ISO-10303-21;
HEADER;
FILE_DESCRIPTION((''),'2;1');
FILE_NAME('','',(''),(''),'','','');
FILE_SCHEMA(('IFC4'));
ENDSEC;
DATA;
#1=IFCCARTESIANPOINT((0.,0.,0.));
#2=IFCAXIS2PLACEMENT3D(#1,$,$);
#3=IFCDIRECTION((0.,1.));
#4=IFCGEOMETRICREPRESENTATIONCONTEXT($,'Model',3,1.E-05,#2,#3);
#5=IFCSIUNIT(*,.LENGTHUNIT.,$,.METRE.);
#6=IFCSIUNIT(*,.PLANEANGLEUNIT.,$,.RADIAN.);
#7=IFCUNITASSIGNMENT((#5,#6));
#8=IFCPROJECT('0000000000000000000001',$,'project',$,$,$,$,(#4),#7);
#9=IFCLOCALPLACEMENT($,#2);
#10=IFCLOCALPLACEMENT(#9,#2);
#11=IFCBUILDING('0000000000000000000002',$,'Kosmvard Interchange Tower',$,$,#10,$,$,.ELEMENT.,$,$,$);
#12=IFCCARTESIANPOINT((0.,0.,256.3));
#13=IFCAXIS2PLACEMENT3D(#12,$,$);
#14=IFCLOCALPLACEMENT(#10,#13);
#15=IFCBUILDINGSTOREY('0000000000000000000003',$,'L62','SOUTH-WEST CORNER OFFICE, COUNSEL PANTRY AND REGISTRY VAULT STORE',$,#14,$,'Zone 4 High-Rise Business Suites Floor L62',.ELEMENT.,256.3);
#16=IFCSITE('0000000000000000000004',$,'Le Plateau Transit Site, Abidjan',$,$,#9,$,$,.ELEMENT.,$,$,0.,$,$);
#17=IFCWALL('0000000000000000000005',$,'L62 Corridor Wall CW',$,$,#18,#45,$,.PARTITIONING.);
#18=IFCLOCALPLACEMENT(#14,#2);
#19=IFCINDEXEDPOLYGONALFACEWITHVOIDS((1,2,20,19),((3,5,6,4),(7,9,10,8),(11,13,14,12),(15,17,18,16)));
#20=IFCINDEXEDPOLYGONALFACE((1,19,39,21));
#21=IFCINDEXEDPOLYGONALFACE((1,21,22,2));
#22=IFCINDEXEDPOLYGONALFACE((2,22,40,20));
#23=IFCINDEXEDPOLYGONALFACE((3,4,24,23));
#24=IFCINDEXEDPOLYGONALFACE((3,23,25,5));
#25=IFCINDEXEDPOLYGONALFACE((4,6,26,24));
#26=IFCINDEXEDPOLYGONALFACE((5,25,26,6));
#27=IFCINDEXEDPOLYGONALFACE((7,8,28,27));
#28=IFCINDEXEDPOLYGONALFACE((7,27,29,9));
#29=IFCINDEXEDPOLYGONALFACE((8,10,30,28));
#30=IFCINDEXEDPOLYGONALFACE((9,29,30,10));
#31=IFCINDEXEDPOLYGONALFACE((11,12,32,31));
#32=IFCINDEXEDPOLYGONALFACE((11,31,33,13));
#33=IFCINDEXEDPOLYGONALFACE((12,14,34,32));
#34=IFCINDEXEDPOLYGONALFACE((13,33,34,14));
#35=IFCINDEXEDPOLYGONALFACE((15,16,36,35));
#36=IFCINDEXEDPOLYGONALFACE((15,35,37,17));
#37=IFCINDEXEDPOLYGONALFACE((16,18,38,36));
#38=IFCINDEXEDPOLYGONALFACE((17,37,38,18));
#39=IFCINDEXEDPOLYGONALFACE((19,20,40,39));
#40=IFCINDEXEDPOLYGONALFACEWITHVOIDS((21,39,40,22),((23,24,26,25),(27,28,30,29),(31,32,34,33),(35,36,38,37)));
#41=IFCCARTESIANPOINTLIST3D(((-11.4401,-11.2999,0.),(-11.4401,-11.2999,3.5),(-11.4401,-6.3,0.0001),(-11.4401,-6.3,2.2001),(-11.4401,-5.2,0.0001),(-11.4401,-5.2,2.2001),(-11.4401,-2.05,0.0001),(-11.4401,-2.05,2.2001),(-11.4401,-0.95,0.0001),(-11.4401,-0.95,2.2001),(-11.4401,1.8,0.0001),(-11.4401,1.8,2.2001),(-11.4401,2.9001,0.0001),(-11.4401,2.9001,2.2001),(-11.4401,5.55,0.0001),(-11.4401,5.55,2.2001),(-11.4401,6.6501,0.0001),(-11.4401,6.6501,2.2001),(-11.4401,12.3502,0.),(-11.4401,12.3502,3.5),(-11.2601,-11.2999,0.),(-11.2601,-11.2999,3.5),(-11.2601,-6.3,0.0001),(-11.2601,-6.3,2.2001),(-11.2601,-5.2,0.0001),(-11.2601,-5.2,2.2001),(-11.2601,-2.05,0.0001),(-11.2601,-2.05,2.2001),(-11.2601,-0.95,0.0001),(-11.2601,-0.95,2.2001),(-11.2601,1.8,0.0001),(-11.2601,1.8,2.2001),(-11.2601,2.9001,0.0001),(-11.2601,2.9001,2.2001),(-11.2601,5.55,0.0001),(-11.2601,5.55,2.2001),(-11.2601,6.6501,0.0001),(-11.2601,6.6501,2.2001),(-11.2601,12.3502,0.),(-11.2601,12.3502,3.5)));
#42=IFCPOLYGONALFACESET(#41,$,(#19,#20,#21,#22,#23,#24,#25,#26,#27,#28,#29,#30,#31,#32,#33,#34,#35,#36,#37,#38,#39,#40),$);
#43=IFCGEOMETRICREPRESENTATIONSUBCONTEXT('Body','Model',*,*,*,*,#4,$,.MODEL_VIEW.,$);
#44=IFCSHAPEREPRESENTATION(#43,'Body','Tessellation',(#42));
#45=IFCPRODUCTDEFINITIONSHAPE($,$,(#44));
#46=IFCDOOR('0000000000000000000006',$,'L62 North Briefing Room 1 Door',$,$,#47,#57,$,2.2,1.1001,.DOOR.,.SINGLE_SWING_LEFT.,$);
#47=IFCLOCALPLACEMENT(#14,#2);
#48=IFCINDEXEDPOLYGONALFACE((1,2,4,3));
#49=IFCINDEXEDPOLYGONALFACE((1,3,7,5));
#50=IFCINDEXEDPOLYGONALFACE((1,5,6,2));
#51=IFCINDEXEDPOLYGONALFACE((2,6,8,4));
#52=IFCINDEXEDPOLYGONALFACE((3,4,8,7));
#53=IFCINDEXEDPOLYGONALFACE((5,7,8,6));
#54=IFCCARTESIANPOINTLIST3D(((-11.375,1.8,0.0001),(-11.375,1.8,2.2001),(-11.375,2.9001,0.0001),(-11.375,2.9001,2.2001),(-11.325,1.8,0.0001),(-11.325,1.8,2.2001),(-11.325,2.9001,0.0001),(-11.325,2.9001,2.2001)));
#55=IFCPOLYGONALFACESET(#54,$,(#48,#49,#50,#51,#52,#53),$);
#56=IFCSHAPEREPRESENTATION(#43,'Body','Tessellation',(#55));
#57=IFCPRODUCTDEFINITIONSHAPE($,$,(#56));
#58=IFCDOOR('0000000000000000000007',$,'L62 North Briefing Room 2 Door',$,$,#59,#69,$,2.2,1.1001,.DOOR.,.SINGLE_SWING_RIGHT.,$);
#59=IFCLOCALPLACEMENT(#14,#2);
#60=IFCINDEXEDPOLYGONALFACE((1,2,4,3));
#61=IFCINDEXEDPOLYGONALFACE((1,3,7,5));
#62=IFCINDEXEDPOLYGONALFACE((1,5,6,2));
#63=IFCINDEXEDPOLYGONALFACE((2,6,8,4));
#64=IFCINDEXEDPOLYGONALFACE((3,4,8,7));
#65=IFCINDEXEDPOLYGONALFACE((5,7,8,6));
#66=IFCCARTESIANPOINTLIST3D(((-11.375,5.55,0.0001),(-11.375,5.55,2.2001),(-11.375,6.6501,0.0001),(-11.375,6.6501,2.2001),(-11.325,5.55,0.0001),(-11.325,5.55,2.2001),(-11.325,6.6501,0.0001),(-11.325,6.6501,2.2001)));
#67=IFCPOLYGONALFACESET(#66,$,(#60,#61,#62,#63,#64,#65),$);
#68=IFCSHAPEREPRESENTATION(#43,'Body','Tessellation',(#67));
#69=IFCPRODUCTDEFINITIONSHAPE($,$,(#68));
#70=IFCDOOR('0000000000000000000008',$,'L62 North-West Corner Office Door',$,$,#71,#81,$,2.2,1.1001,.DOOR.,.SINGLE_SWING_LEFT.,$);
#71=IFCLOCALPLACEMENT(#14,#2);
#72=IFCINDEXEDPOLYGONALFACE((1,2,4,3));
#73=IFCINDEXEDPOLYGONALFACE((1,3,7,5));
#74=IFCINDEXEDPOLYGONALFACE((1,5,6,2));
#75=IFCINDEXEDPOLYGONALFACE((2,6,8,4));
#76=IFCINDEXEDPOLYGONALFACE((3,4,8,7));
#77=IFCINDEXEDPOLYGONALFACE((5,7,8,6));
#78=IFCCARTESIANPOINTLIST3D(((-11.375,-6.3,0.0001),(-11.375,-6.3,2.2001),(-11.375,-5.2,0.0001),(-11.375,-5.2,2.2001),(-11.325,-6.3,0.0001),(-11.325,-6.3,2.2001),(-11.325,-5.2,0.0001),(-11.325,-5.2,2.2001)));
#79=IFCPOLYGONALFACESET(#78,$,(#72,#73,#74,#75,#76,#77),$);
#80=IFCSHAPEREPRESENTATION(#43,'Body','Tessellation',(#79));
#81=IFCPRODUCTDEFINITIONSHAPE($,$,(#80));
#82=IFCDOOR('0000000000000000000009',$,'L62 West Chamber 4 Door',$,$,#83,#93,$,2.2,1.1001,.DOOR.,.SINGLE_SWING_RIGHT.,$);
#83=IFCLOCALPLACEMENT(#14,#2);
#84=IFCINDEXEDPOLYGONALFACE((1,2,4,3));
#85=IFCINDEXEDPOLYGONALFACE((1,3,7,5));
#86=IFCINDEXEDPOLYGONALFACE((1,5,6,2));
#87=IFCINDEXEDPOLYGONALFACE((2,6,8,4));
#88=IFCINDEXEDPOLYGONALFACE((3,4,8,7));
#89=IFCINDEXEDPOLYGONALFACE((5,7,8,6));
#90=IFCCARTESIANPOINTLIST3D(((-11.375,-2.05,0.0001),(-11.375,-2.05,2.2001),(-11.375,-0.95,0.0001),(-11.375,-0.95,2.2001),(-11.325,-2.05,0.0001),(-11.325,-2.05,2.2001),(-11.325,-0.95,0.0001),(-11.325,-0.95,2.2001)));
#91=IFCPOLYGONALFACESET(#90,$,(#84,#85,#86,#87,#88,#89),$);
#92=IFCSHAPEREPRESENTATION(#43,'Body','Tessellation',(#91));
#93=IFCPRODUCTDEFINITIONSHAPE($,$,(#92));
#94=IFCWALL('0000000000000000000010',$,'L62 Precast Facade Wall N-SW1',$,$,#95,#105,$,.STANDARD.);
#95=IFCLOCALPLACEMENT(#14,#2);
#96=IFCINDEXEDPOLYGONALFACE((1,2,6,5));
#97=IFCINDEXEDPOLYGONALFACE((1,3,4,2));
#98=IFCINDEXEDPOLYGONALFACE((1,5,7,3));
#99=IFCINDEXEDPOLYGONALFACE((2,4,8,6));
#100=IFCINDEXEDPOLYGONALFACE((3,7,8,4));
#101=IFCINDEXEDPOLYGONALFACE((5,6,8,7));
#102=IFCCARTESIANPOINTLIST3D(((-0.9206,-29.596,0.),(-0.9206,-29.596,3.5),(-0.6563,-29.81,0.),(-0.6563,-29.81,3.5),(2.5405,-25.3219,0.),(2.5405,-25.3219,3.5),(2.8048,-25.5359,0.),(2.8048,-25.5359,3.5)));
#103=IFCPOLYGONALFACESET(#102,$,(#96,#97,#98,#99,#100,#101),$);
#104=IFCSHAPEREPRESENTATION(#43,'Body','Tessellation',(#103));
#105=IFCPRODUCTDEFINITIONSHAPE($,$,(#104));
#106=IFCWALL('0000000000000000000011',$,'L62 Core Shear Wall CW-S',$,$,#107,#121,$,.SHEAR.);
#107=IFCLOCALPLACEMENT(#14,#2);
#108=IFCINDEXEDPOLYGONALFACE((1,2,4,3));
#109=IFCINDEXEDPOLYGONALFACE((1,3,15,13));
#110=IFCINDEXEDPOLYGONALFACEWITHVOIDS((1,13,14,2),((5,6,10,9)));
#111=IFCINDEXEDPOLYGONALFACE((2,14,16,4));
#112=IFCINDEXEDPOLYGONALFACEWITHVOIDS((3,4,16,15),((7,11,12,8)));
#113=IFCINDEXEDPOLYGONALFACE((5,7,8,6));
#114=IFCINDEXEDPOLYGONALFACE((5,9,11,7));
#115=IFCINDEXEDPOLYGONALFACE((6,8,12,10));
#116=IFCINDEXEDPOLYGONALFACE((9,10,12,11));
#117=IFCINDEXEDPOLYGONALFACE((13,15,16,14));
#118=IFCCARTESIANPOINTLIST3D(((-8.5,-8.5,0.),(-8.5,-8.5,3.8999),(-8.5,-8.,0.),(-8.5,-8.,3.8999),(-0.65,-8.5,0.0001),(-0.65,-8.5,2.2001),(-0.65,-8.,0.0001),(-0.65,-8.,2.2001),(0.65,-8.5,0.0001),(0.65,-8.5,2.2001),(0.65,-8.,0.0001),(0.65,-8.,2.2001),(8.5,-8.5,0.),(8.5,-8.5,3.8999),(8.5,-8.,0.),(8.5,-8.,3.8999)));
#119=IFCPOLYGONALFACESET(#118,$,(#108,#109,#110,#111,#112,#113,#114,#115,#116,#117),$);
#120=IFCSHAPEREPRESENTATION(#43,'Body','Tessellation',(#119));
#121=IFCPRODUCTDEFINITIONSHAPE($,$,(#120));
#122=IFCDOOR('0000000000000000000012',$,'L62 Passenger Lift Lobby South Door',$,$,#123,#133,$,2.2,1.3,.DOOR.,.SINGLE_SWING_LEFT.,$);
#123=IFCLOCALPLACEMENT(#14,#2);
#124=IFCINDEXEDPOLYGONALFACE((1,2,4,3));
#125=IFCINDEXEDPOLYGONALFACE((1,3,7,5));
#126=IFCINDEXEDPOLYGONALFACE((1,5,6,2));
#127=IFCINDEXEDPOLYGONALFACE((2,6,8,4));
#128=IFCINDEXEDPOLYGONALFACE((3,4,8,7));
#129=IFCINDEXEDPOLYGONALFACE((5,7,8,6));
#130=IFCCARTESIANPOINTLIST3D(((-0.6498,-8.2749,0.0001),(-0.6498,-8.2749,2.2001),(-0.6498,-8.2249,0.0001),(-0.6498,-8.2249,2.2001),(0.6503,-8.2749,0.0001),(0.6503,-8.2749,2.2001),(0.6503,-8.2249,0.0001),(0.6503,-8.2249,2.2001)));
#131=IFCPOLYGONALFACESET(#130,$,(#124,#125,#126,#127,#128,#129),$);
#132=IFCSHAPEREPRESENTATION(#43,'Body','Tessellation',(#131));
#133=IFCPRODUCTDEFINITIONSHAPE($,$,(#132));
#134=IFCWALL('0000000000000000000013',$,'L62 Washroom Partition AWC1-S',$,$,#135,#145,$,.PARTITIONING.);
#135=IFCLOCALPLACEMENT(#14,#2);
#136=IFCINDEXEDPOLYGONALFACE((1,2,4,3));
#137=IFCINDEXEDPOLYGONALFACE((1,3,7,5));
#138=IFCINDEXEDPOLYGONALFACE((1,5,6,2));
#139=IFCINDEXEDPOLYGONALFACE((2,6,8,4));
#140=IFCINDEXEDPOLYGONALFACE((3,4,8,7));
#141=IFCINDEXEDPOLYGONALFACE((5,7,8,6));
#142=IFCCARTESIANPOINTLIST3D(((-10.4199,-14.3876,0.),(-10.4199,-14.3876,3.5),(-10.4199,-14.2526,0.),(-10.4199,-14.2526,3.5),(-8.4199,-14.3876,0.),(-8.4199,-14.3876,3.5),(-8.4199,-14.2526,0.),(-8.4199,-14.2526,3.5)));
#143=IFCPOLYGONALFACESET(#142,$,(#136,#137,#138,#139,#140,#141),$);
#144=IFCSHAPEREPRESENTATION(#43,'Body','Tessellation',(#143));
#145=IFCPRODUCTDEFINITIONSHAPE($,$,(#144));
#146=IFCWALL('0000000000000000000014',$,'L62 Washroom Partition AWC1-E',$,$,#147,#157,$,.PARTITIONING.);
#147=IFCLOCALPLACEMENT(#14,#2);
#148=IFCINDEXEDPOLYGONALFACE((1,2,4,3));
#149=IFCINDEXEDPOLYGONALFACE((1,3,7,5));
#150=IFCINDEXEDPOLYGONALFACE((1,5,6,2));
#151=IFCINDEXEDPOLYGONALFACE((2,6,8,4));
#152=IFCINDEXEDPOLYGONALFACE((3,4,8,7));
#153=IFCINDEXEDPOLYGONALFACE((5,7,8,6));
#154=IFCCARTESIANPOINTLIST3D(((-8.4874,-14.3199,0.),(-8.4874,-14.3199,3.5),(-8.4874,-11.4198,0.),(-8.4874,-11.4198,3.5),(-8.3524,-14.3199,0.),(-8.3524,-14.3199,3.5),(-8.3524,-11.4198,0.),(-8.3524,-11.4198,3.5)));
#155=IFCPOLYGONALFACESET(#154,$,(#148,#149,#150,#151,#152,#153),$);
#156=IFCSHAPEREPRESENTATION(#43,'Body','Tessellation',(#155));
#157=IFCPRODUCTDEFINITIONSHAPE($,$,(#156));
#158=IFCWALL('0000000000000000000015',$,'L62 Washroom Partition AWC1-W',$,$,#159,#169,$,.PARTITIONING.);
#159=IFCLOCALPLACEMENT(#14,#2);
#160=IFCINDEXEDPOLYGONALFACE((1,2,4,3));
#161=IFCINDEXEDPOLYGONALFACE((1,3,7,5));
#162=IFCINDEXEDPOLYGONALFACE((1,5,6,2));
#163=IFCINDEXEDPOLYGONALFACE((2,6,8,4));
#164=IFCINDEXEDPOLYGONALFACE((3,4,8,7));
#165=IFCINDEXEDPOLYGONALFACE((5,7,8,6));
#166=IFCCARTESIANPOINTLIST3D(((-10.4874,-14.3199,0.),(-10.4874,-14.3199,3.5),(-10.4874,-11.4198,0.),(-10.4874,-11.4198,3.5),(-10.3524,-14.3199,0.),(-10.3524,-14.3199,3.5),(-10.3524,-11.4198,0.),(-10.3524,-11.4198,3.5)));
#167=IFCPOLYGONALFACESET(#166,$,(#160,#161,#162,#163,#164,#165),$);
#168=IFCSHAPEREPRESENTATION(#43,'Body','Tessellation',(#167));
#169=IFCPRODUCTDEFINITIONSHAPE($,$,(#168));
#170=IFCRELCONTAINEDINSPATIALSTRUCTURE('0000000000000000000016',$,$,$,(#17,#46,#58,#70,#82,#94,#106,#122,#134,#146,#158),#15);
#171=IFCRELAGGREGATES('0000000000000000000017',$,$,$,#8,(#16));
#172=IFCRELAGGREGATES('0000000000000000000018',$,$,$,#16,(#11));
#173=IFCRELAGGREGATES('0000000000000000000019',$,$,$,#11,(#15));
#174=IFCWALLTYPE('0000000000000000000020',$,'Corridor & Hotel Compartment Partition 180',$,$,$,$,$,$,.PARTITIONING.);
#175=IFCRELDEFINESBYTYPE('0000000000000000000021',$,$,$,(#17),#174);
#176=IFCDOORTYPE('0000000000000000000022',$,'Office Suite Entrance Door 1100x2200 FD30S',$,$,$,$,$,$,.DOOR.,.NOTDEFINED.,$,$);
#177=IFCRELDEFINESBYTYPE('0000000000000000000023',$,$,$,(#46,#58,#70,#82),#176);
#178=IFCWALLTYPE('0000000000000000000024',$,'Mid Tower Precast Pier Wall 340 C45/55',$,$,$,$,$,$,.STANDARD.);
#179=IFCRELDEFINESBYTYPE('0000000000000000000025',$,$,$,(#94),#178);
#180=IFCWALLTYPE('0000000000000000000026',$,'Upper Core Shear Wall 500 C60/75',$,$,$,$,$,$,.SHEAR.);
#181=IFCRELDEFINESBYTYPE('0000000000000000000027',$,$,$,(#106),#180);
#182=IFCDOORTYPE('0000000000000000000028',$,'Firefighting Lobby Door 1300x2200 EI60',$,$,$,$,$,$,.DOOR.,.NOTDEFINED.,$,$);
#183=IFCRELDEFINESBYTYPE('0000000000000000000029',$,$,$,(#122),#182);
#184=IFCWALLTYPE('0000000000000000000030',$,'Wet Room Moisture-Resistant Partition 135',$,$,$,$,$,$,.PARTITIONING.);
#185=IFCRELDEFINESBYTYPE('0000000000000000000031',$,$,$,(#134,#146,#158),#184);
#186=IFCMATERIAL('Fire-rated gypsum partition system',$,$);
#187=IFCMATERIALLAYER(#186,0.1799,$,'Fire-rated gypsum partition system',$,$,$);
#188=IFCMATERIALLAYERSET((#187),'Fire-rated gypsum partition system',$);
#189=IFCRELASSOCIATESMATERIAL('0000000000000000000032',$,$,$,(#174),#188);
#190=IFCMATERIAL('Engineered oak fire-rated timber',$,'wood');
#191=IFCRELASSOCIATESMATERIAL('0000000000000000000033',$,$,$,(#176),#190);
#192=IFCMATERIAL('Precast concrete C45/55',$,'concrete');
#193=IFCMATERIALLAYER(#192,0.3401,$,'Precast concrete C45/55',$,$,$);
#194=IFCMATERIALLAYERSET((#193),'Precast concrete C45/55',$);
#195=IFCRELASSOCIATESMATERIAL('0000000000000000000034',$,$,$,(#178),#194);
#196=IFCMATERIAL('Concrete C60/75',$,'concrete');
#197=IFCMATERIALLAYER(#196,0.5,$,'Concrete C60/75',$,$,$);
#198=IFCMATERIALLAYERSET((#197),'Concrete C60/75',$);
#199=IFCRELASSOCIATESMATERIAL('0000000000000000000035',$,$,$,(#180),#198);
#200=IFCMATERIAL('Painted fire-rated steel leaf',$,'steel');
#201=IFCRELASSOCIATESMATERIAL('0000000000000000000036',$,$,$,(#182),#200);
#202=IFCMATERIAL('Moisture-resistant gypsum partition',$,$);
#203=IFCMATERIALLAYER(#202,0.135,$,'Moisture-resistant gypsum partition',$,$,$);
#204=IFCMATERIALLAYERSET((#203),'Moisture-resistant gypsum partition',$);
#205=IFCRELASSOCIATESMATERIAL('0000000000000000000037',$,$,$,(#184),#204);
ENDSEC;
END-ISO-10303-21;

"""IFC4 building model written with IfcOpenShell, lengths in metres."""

from ifc_helpers import new_model, si_unit, direction, frame, frame_2d, origin, place, context, subcontext, project, spatial, rectangle, extrude, source, transform, mapped, material, layer, layer_set, type_object, element, fill, save


model = new_model("IFC4")

# Units and contexts
model_context = context("Model", 3, precision=1e-05, world=origin(), true_north=direction((0.0, 1.0)))
body_context = subcontext(model_context, "Body", "Model", "MODEL_VIEW")
ifc_project = project(units=[si_unit("LENGTHUNIT", "METRE"), si_unit("PLANEANGLEUNIT", "RADIAN")], contexts=[model_context])

# Site, building, storey
site_placement = place(None, origin())
site = spatial("IfcSite", under=ifc_project, at=site_placement, Name="Le Plateau Transit Site, Abidjan", CompositionType="ELEMENT", RefElevation=0.0)
building_placement = place(site_placement, origin())
building = spatial("IfcBuilding", under=site, at=building_placement, Name="Kosmvard Interchange Tower", CompositionType="ELEMENT")
storey_placement = place(building_placement, frame((0.0, 0.0, 256.3)))
storey = spatial("IfcBuildingStorey", under=building, at=storey_placement, Name="L62", Description="SOUTH-WEST CORNER OFFICE, COUNSEL PANTRY AND REGISTRY VAULT STORE", LongName="Zone 4 High-Rise Business Suites Floor L62", CompositionType="ELEMENT", Elevation=256.3)

# Shared definitions
ifc_material_1 = material(Name="Precast concrete C45/55", Category="concrete")

# Wall, openings, doors
ifc_material_2 = material(Name="Fire-rated gypsum partition system")
ifc_layer_1 = layer(ifc_material_2, 0.1799, Name="Fire-rated gypsum partition system")
ifc_layer_set_1 = layer_set([ifc_layer_1], Name="Fire-rated gypsum partition system")
wall_type_1 = type_object("IfcWallType", Name="Corridor & Hotel Compartment Partition 180", PredefinedType="PARTITIONING", material=ifc_layer_set_1)
ifc_material_3 = material(Name="Engineered oak fire-rated timber", Category="wood")
door_type_1 = type_object("IfcDoorType", Name="Office Suite Entrance Door 1100x2200 FD30S", OperationType="NOTDEFINED", PredefinedType="DOOR", material=ifc_material_3)
shared_shape_1 = source(origin(), body_context, "Body", "SweptSolid", [
    extrude(rectangle(XDim=1.1001, YDim=2.2, at=frame_2d((0.55, 1.1001))), frame((0.0, 0.0249, 0.0), z_axis=(0.0, -1.0, 0.0), x_axis=(1.0, 0.0, 0.0)), (0.0, 0.0, 1.0), 0.05),
])
wall_1_placement = place(storey_placement, frame((-11.3501, -11.3, 0.0), z_axis=(0.0, 0.0, 1.0), x_axis=(0.0, 1.0, 0.0)))
wall_1 = element("IfcWall", 1, at=wall_1_placement, inside=storey, type_object=wall_type_1, Name="L62 Corridor Wall CW", PredefinedType="PARTITIONING", context=body_context, shape_type="SweptSolid", body=[
    extrude(rectangle(XDim=23.6501, YDim=0.1799, at=frame_2d((11.8252, 0.0))), origin(), (0.0, 0.0, 1.0), 3.5),
])
opening_1_placement = place(wall_1_placement, frame((13.1001, 0.0, 0.0)))
opening_1 = element("IfcOpeningElement", 2, at=opening_1_placement, cuts=wall_1, PredefinedType="OPENING", context=body_context, shape_type="SweptSolid", body=[
    extrude(rectangle(XDim=1.1001, YDim=2.2, at=frame_2d((0.55, 1.1001))), frame((0.0, 0.1001, 0.0), z_axis=(0.0, -1.0, 0.0), x_axis=(1.0, 0.0, 0.0)), (0.0, 0.0, 1.0), 0.2),
])
opening_2_placement = place(wall_1_placement, frame((16.8501, 0.0, 0.0)))
opening_2 = element("IfcOpeningElement", 3, at=opening_2_placement, cuts=wall_1, PredefinedType="OPENING", context=body_context, shape_type="SweptSolid", body=[
    extrude(rectangle(XDim=1.1001, YDim=2.2, at=frame_2d((0.55, 1.1001))), frame((0.0, 0.1001, 0.0), z_axis=(0.0, -1.0, 0.0), x_axis=(1.0, 0.0, 0.0)), (0.0, 0.0, 1.0), 0.2),
])
opening_3_placement = place(wall_1_placement, frame((5.0, 0.0, 0.0)))
opening_3 = element("IfcOpeningElement", 4, at=opening_3_placement, cuts=wall_1, PredefinedType="OPENING", context=body_context, shape_type="SweptSolid", body=[
    extrude(rectangle(XDim=1.1001, YDim=2.2, at=frame_2d((0.55, 1.1001))), frame((0.0, 0.1001, 0.0), z_axis=(0.0, -1.0, 0.0), x_axis=(1.0, 0.0, 0.0)), (0.0, 0.0, 1.0), 0.2),
])
opening_4_placement = place(wall_1_placement, frame((9.25, 0.0, 0.0)))
opening_4 = element("IfcOpeningElement", 5, at=opening_4_placement, cuts=wall_1, PredefinedType="OPENING", context=body_context, shape_type="SweptSolid", body=[
    extrude(rectangle(XDim=1.1001, YDim=2.2, at=frame_2d((0.55, 1.1001))), frame((0.0, 0.1001, 0.0), z_axis=(0.0, -1.0, 0.0), x_axis=(1.0, 0.0, 0.0)), (0.0, 0.0, 1.0), 0.2),
])
door_1_placement = place(opening_1_placement, origin())
door_1 = element("IfcDoor", 6, at=door_1_placement, inside=storey, type_object=door_type_1, Name="L62 North Briefing Room 1 Door", OperationType="SINGLE_SWING_LEFT", OverallHeight=2.2, OverallWidth=1.1001, PredefinedType="DOOR", context=body_context, shape_type="MappedRepresentation", body=[
    mapped(shared_shape_1, transform((0.0, 0.0, 0.0), scale=1.0)),
])
fill(opening_1, door_1)
door_2_placement = place(opening_2_placement, origin())
door_2 = element("IfcDoor", 7, at=door_2_placement, inside=storey, type_object=door_type_1, Name="L62 North Briefing Room 2 Door", OperationType="SINGLE_SWING_RIGHT", OverallHeight=2.2, OverallWidth=1.1001, PredefinedType="DOOR", context=body_context, shape_type="MappedRepresentation", body=[
    mapped(shared_shape_1, transform((0.0, 0.0, 0.0), scale=1.0)),
])
fill(opening_2, door_2)
door_3_placement = place(opening_3_placement, origin())
door_3 = element("IfcDoor", 8, at=door_3_placement, inside=storey, type_object=door_type_1, Name="L62 North-West Corner Office Door", OperationType="SINGLE_SWING_LEFT", OverallHeight=2.2, OverallWidth=1.1001, PredefinedType="DOOR", context=body_context, shape_type="MappedRepresentation", body=[
    mapped(shared_shape_1, transform((0.0, 0.0, 0.0), scale=1.0)),
])
fill(opening_3, door_3)
door_4_placement = place(opening_4_placement, origin())
door_4 = element("IfcDoor", 9, at=door_4_placement, inside=storey, type_object=door_type_1, Name="L62 West Chamber 4 Door", OperationType="SINGLE_SWING_RIGHT", OverallHeight=2.2, OverallWidth=1.1001, PredefinedType="DOOR", context=body_context, shape_type="MappedRepresentation", body=[
    mapped(shared_shape_1, transform((0.0, 0.0, 0.0), scale=1.0)),
])
fill(opening_4, door_4)

# Wall
ifc_layer_2 = layer(ifc_material_1, 0.3401, Name="Precast concrete C45/55")
ifc_layer_set_2 = layer_set([ifc_layer_2], Name="Precast concrete C45/55")
wall_type_2 = type_object("IfcWallType", Name="Mid Tower Precast Pier Wall 340 C45/55", PredefinedType="STANDARD", material=ifc_layer_set_2)
wall_2_placement = place(storey_placement, frame((-0.7886, -29.7031, 0.0), z_axis=(0.0, 0.0, 1.0), x_axis=(0.629323, 0.777144, 0.0)))
element("IfcWall", 10, at=wall_2_placement, inside=storey, type_object=wall_type_2, Name="L62 Precast Facade Wall N-SW1", PredefinedType="STANDARD", context=body_context, shape_type="SweptSolid", body=[
    extrude(rectangle(XDim=5.4998, YDim=0.3401, at=frame_2d((2.75, 0.0))), origin(), (0.0, 0.0, 1.0), 3.5),
])

# Wall, opening, door
ifc_material_4 = material(Name="Concrete C60/75", Category="concrete")
ifc_layer_3 = layer(ifc_material_4, 0.5, Name="Concrete C60/75")
ifc_layer_set_3 = layer_set([ifc_layer_3], Name="Concrete C60/75")
wall_type_3 = type_object("IfcWallType", Name="Upper Core Shear Wall 500 C60/75", PredefinedType="SHEAR", material=ifc_layer_set_3)
wall_3_placement = place(storey_placement, frame((-8.5, -8.25, 0.0), z_axis=(0.0, 0.0, 1.0), x_axis=(1.0, 0.0, 0.0)))
wall_3 = element("IfcWall", 11, at=wall_3_placement, inside=storey, type_object=wall_type_3, Name="L62 Core Shear Wall CW-S", PredefinedType="SHEAR", context=body_context, shape_type="SweptSolid", body=[
    extrude(rectangle(XDim=17.0, YDim=0.5, at=frame_2d((8.5, 0.0))), origin(), (0.0, 0.0, 1.0), 3.8999),
])
opening_5_placement = place(wall_3_placement, frame((7.8501, 0.0, 0.0)))
opening_5 = element("IfcOpeningElement", 12, at=opening_5_placement, cuts=wall_3, PredefinedType="OPENING", context=body_context, shape_type="SweptSolid", body=[
    extrude(rectangle(XDim=1.3, YDim=2.2, at=frame_2d((0.6499, 1.1001))), frame((0.0, 0.26, 0.0), z_axis=(0.0, -1.0, 0.0), x_axis=(1.0, 0.0, 0.0)), (0.0, 0.0, 1.0), 0.52),
])
ifc_material_5 = material(Name="Painted fire-rated steel leaf", Category="steel")
door_type_2 = type_object("IfcDoorType", Name="Firefighting Lobby Door 1300x2200 EI60", OperationType="NOTDEFINED", PredefinedType="DOOR", material=ifc_material_5)
shared_shape_2 = source(origin(), body_context, "Body", "SweptSolid", [
    extrude(rectangle(XDim=1.3, YDim=2.2, at=frame_2d((0.6499, 1.1001))), frame((0.0, 0.0249, 0.0), z_axis=(0.0, -1.0, 0.0), x_axis=(1.0, 0.0, 0.0)), (0.0, 0.0, 1.0), 0.05),
])
door_5_placement = place(opening_5_placement, frame((1.3, 0.0, 0.0), z_axis=(0.0, 0.0, 1.0), x_axis=(-1.0, 0.0, 0.0)))
door_5 = element("IfcDoor", 13, at=door_5_placement, inside=storey, type_object=door_type_2, Name="L62 Passenger Lift Lobby South Door", OperationType="SINGLE_SWING_LEFT", OverallHeight=2.2, OverallWidth=1.3, PredefinedType="DOOR", context=body_context, shape_type="MappedRepresentation", body=[
    mapped(shared_shape_2, transform((0.0, 0.0, 0.0), scale=1.0)),
])
fill(opening_5, door_5)

# Walls
ifc_material_6 = material(Name="Moisture-resistant gypsum partition")
ifc_layer_4 = layer(ifc_material_6, 0.135, Name="Moisture-resistant gypsum partition")
ifc_layer_set_4 = layer_set([ifc_layer_4], Name="Moisture-resistant gypsum partition")
wall_type_4 = type_object("IfcWallType", Name="Wet Room Moisture-Resistant Partition 135", PredefinedType="PARTITIONING", material=ifc_layer_set_4)
wall_4_placement = place(storey_placement, frame((-10.4199, -14.3201, 0.0), z_axis=(0.0, 0.0, 1.0), x_axis=(1.0, 0.0, 0.0)))
element("IfcWall", 14, at=wall_4_placement, inside=storey, type_object=wall_type_4, Name="L62 Washroom Partition AWC1-S", PredefinedType="PARTITIONING", context=body_context, shape_type="SweptSolid", body=[
    extrude(rectangle(XDim=2.0, YDim=0.135, at=frame_2d((1.0, 0.0))), origin(), (0.0, 0.0, 1.0), 3.5),
])
for number, where, z_axis, x_axis, name in (
    (15, (-8.4199, -14.3201, 0.0), (0.0, 0.0, 1.0), (0.0, 1.0, 0.0), "L62 Washroom Partition AWC1-E"),
    (16, (-10.4199, -14.3201, 0.0), (0.0, 0.0, 1.0), (0.0, 1.0, 0.0), "L62 Washroom Partition AWC1-W"),
):
    element("IfcWall", number, at=place(storey_placement, frame(where, z_axis=z_axis, x_axis=x_axis)), inside=storey, type_object=wall_type_4, Name=name, PredefinedType="PARTITIONING", context=body_context, shape_type="SweptSolid", body=[
        extrude(rectangle(XDim=2.9001, YDim=0.135, at=frame_2d((1.4502, 0.0))), origin(), (0.0, 0.0, 1.0), 3.5),
    ])

save(model, "model.ifc")
